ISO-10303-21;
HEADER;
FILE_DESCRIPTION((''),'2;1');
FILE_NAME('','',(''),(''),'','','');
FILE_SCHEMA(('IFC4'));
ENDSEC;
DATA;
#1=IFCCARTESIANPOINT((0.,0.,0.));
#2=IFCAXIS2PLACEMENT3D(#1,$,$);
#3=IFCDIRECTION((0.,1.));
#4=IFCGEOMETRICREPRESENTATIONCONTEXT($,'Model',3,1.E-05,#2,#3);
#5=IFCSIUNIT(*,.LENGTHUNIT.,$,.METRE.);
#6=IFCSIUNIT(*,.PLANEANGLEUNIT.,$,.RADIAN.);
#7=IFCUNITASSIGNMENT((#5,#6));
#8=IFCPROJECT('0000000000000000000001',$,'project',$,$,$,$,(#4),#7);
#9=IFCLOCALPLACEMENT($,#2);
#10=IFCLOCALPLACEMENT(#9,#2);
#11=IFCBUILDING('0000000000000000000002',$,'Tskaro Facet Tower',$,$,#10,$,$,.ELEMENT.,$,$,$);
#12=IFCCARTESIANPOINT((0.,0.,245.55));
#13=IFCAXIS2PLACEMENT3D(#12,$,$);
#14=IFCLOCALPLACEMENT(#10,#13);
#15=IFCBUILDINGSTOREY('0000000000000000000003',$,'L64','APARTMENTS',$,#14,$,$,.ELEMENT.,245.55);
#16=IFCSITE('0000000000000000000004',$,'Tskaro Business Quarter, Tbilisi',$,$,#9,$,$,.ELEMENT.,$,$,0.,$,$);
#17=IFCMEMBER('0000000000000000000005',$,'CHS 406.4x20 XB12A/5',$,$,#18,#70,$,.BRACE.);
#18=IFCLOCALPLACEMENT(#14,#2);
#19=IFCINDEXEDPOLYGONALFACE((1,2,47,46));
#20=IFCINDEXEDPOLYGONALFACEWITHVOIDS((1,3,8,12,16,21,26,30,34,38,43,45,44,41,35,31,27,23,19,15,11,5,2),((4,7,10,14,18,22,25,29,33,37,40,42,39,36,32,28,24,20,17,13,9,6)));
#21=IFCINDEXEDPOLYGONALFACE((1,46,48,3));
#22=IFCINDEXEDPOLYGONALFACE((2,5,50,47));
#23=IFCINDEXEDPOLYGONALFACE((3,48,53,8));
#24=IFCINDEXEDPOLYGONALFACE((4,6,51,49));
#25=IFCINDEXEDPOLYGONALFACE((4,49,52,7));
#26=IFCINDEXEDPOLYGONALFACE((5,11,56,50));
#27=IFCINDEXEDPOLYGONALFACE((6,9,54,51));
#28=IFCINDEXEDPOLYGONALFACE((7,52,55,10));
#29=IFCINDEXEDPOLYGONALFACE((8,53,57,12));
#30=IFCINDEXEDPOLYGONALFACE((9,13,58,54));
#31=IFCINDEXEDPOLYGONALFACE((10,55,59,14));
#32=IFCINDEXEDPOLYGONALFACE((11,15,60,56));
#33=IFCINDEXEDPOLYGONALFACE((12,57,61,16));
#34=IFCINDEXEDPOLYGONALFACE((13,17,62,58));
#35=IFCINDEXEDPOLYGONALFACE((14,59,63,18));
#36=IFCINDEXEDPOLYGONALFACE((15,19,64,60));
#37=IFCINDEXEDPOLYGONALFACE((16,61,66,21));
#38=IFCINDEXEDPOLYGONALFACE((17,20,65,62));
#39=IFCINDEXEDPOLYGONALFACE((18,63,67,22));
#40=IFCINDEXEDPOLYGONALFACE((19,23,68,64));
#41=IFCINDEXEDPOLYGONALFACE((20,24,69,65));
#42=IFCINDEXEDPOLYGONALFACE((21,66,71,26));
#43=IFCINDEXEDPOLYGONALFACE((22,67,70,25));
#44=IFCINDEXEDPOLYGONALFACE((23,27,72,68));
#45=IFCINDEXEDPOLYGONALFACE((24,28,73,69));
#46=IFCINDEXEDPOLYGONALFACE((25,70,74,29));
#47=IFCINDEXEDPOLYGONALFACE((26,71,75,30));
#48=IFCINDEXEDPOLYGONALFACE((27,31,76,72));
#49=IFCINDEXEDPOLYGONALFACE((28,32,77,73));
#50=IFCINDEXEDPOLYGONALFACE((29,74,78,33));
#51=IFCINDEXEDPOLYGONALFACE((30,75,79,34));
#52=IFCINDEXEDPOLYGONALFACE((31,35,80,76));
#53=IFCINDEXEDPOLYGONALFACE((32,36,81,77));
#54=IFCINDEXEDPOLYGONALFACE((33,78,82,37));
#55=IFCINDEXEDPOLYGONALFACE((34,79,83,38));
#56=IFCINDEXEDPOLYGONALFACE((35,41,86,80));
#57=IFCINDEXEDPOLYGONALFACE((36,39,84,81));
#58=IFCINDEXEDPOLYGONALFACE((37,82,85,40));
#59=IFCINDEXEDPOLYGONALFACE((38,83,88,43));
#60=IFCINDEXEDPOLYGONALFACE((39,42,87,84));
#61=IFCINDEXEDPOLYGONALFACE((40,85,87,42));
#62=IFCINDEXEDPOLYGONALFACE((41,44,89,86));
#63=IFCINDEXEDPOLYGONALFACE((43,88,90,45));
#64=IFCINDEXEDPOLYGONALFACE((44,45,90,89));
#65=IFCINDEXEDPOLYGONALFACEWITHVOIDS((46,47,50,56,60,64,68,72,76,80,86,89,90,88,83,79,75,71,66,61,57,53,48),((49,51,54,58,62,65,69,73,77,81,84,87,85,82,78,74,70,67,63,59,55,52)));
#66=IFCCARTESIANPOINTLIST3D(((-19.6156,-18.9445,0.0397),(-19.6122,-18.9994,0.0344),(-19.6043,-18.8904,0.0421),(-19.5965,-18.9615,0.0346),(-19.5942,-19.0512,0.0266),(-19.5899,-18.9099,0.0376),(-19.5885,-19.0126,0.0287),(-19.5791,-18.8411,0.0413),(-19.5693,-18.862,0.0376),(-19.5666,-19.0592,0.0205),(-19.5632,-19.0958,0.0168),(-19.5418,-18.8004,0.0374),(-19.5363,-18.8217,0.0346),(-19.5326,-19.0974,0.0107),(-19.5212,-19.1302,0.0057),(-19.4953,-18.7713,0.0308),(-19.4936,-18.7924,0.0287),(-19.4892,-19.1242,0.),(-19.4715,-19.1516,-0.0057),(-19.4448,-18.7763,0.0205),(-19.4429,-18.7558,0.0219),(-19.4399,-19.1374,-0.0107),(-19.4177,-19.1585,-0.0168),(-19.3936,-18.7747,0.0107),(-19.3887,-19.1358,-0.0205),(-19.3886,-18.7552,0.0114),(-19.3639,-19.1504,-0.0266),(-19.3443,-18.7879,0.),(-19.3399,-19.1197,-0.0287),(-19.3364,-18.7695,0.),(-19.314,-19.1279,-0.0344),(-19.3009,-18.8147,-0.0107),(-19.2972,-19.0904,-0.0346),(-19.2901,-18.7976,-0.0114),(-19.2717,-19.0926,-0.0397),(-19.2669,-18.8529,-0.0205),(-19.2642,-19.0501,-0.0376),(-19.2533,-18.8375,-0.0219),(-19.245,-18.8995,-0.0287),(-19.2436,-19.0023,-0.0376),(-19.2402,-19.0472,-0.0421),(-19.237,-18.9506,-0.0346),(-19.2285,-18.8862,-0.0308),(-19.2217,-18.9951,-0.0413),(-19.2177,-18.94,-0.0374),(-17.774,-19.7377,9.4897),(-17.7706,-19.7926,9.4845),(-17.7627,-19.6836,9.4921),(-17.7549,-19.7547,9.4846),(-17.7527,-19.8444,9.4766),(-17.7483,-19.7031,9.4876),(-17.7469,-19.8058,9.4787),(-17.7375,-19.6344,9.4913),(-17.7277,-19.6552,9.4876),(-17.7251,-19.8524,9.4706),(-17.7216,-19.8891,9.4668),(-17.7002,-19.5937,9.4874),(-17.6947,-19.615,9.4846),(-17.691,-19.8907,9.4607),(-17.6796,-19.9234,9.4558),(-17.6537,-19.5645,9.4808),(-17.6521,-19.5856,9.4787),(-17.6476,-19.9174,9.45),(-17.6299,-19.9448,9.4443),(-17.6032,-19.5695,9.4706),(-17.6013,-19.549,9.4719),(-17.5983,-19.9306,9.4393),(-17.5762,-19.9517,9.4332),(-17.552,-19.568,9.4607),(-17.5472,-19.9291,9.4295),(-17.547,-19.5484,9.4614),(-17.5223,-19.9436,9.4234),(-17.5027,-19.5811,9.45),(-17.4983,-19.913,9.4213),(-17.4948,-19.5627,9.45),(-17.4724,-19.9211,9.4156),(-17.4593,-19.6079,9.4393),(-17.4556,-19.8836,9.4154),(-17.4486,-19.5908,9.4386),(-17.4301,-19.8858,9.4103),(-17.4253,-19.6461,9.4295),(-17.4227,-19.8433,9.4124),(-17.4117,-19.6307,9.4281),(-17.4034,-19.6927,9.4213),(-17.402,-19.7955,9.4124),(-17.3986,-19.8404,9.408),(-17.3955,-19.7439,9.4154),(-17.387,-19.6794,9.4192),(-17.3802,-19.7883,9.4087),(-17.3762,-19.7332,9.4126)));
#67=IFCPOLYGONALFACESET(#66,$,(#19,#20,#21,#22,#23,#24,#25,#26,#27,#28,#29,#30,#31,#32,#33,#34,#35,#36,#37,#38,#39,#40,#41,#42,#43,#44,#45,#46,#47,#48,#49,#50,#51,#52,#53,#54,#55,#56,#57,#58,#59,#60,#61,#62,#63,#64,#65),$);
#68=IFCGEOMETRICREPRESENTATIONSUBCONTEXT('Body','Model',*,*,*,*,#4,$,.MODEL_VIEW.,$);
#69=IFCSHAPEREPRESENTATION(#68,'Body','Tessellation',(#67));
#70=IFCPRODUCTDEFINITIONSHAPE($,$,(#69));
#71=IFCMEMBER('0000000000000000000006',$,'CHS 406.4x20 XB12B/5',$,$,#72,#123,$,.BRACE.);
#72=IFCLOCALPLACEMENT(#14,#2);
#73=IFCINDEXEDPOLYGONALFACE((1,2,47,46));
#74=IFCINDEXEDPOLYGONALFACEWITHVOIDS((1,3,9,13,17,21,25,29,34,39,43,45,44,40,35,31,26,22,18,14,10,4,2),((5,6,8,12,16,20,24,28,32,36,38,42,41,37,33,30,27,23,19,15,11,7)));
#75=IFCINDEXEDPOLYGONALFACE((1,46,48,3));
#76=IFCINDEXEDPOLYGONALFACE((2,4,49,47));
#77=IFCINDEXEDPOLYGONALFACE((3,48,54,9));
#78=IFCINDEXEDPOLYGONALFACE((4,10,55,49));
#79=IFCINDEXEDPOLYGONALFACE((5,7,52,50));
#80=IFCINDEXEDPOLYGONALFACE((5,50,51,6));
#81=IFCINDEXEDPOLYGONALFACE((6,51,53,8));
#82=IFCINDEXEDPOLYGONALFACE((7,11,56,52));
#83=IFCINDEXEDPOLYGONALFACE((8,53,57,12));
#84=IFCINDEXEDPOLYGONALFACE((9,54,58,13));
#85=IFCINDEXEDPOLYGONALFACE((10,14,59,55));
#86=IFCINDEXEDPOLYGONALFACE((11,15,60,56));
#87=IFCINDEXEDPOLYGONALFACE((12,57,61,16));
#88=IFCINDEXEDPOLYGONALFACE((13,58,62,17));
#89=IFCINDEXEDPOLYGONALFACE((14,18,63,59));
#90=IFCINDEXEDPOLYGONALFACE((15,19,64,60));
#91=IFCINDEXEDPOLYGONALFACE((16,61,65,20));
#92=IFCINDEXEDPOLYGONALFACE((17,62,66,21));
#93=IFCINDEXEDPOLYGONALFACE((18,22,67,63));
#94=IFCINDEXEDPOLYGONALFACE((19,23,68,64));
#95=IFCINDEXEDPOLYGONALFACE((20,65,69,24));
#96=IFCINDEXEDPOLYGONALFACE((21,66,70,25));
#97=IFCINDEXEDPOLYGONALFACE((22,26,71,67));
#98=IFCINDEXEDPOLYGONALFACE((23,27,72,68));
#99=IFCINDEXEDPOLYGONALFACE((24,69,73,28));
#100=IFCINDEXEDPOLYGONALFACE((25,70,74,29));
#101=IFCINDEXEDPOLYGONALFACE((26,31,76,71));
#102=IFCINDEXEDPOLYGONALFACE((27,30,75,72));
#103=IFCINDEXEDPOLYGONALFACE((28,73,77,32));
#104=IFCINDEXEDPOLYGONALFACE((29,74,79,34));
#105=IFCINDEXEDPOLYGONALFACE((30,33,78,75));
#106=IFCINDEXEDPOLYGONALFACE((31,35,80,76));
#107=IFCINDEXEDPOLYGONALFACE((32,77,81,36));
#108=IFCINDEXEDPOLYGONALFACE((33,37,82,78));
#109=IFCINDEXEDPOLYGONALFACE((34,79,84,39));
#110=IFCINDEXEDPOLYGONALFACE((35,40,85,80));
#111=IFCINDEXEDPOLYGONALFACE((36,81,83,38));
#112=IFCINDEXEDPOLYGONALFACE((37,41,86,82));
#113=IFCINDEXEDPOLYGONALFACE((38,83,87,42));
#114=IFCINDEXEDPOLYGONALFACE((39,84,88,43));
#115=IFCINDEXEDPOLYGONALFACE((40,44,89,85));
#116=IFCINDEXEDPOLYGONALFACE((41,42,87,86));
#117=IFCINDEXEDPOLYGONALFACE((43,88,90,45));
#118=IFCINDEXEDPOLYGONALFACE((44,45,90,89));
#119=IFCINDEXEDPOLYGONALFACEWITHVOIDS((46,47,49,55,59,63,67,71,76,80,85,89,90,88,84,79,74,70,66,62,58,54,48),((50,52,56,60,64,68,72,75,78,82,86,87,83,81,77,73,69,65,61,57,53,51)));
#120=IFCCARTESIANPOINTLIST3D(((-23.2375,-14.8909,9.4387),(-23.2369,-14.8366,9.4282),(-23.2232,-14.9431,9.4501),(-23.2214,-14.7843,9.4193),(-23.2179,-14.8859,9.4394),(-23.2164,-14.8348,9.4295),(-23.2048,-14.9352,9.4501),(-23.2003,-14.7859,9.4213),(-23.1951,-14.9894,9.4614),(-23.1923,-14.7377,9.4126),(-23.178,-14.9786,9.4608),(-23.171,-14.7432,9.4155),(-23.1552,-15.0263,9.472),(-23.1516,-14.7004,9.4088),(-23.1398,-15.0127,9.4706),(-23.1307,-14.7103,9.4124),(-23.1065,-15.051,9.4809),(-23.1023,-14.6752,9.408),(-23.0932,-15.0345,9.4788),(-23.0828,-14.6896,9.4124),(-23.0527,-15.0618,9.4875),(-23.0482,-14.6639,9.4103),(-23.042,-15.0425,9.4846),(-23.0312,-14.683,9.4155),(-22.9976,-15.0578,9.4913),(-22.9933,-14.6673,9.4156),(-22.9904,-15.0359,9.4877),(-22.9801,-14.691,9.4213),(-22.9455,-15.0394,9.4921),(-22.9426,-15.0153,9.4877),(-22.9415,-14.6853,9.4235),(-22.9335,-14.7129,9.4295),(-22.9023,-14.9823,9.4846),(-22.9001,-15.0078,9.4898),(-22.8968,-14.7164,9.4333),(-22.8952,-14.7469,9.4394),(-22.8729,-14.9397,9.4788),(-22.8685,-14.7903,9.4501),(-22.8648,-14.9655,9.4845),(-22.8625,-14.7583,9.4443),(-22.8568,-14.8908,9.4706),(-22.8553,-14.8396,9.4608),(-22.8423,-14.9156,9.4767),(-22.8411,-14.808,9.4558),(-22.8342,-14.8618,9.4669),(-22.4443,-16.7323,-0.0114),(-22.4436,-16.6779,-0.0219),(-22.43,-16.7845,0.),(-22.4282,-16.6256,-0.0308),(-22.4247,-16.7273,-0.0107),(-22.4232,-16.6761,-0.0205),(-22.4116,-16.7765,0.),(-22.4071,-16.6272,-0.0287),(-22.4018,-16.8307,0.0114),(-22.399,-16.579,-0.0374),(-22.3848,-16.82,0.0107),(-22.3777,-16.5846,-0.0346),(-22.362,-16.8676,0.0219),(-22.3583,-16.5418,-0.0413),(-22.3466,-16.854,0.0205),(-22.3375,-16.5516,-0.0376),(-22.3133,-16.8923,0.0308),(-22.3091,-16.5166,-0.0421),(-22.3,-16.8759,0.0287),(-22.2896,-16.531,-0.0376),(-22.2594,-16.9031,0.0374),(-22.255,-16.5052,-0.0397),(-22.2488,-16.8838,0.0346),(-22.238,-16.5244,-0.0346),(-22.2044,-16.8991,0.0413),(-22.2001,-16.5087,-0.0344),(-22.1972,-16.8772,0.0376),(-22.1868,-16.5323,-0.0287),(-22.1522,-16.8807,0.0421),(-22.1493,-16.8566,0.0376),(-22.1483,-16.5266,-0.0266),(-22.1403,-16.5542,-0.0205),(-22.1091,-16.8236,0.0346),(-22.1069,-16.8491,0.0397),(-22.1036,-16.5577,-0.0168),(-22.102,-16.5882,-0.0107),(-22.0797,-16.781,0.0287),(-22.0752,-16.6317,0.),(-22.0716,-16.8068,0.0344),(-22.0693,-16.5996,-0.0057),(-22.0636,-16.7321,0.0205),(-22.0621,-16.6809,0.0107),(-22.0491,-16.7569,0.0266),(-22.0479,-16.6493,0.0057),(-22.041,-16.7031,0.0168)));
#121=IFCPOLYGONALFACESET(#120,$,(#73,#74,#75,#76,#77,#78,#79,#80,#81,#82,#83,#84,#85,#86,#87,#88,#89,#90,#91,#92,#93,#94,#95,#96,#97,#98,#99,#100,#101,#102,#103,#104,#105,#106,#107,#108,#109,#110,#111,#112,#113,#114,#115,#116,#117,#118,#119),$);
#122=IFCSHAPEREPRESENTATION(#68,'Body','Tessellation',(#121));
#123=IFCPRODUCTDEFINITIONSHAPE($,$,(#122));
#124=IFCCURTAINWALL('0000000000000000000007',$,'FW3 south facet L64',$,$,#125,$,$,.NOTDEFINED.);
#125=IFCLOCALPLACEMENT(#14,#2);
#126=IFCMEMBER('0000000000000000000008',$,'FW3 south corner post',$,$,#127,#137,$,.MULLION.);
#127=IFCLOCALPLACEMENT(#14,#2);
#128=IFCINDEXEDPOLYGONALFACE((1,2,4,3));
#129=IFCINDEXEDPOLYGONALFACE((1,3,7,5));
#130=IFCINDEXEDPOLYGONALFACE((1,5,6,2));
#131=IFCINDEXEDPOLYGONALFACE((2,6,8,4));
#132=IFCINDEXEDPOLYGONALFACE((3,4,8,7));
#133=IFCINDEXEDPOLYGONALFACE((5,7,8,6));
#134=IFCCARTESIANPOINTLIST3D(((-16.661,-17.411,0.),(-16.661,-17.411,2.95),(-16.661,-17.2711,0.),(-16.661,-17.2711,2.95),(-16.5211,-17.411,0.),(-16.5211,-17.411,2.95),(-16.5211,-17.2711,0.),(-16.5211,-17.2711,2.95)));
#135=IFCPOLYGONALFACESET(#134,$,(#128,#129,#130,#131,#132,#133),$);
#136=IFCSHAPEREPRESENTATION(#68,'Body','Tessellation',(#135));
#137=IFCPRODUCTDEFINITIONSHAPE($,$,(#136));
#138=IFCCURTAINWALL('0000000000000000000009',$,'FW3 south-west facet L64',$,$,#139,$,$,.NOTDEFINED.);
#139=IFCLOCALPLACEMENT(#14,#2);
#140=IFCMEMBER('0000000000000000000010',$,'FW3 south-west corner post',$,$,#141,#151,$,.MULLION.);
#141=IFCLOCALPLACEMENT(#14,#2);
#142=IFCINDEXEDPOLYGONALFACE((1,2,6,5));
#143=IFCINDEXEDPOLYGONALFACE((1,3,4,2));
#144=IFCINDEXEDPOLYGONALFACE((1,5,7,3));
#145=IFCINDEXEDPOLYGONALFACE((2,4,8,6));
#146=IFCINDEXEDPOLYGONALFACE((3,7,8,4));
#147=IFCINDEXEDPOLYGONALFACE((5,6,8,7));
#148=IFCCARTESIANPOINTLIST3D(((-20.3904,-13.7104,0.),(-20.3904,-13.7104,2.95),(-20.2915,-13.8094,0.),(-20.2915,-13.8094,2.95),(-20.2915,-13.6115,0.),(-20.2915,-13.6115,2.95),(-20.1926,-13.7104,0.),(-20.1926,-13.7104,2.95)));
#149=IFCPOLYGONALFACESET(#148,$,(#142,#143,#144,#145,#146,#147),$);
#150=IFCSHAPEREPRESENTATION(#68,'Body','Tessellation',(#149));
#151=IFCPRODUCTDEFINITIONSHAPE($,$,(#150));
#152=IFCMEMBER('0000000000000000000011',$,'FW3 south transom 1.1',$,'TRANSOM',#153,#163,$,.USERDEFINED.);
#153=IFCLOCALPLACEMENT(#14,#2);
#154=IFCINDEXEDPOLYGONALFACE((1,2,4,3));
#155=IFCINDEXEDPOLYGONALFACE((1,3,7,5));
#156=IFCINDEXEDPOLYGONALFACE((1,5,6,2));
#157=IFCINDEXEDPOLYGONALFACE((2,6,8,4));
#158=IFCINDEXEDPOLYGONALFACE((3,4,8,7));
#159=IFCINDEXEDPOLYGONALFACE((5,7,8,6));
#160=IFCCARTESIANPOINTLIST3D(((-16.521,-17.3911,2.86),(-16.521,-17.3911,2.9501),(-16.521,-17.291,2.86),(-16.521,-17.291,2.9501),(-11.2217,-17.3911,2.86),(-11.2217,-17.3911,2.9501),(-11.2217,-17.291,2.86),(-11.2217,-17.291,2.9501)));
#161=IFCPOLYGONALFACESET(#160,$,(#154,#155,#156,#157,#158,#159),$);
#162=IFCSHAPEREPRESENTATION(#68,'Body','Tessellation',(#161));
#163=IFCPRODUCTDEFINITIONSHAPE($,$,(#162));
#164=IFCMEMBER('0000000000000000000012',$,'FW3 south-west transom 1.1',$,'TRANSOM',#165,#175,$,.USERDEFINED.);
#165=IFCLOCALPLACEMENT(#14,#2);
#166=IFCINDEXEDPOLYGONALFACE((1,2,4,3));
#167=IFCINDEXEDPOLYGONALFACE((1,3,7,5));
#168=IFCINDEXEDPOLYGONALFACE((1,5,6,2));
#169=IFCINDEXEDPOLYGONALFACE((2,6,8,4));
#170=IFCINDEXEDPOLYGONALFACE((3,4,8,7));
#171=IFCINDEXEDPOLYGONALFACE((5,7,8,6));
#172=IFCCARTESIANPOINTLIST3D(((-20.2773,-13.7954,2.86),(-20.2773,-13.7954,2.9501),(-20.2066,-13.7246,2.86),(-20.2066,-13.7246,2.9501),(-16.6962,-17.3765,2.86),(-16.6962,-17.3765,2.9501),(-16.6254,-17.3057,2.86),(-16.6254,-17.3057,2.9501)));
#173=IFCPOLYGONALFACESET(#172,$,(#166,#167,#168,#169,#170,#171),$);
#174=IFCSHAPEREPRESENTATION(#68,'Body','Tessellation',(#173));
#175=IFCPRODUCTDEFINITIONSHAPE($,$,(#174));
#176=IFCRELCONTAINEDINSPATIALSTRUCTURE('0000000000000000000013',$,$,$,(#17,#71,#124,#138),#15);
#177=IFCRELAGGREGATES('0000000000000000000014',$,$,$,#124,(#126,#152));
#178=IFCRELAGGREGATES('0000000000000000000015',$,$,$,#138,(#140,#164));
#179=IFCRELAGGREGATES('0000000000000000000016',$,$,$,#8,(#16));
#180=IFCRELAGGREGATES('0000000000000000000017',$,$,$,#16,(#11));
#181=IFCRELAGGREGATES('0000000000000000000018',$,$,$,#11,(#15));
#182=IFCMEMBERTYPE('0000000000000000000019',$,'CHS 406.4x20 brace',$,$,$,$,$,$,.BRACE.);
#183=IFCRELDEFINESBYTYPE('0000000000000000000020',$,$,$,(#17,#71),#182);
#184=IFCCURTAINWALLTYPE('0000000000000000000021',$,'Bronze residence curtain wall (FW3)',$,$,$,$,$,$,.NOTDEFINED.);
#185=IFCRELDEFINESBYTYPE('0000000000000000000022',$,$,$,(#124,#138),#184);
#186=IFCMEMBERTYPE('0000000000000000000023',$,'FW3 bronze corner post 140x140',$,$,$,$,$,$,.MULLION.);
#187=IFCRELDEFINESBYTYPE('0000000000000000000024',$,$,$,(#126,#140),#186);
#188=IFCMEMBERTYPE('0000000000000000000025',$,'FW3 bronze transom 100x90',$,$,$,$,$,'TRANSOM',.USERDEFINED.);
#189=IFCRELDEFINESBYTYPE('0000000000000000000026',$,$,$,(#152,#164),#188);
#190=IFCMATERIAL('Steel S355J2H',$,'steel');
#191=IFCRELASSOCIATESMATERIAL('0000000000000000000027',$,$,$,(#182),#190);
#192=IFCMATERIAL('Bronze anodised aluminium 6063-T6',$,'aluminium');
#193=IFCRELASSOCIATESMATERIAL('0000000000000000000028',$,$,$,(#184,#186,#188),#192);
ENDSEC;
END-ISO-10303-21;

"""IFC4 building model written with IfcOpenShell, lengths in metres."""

from ifc_helpers import new_model, si_unit, direction, frame, origin, origin_2d, place, context, subcontext, project, spatial, rectangle, hollow_circle, extrude, material, material_profile, profile_set, type_object, element, aggregate, save


model = new_model("IFC4")

# Units and contexts
model_context = context("Model", 3, precision=1e-05, world=origin(), true_north=direction((0.0, 1.0)))
body_context = subcontext(model_context, "Body", "Model", "MODEL_VIEW")
ifc_project = project(units=[si_unit("LENGTHUNIT", "METRE"), si_unit("PLANEANGLEUNIT", "RADIAN")], contexts=[model_context])

# Site, building, storey
site_placement = place(None, origin())
site = spatial("IfcSite", under=ifc_project, at=site_placement, Name="Tskaro Business Quarter, Tbilisi", CompositionType="ELEMENT", RefElevation=0.0)
building_placement = place(site_placement, origin())
building = spatial("IfcBuilding", under=site, at=building_placement, Name="Tskaro Facet Tower", CompositionType="ELEMENT")
storey_placement = place(building_placement, frame((0.0, 0.0, 245.55)))
storey = spatial("IfcBuildingStorey", under=building, at=storey_placement, Name="L64", Description="APARTMENTS", CompositionType="ELEMENT", Elevation=245.55)

# Shared definitions
ifc_material_1 = material(Name="Steel S355J2H", Category="steel")

# Members
ifc_material_profile_1 = material_profile(ifc_material_1, hollow_circle(Radius=0.2031, WallThickness=0.02, at=origin_2d()), Name="CHS 406.4x20")
ifc_profile_set_1 = profile_set([ifc_material_profile_1], Name="Steel S355J2H")
member_type_1 = type_object("IfcMemberType", Name="CHS 406.4x20 brace", PredefinedType="BRACE", material=ifc_profile_set_1)
for number, where, z_axis, x_axis, name in (
    (1, (-19.4167, -18.9561, 0.0), (0.19063, -0.08211, 0.978222), (0.395594, 0.918426, 0.0), "CHS 406.4x20 XB12A/5"),
    (2, (-22.2434, -16.7041, 0.0), (-0.082111, 0.190606, 0.978227), (-0.918406, -0.395638, 0.0), "CHS 406.4x20 XB12B/5"),
):
    element("IfcMember", number, at=place(storey_placement, frame(where, z_axis=z_axis, x_axis=x_axis)), inside=storey, type_object=member_type_1, Name=name, PredefinedType="BRACE", context=body_context, shape_type="SweptSolid", body=[
        extrude(hollow_circle(Radius=0.2031, WallThickness=0.02, at=origin_2d()), origin(), (0.0, 0.0, 1.0), 9.6604),
    ])

# Curtain walls, members
ifc_material_2 = material(Name="Bronze anodised aluminium 6063-T6", Category="aluminium")
curtain_wall_type = type_object("IfcCurtainWallType", Name="Bronze residence curtain wall (FW3)", PredefinedType="NOTDEFINED", material=ifc_material_2)
curtain_wall_1_placement = place(storey_placement, origin())
curtain_wall_1 = element("IfcCurtainWall", 3, at=curtain_wall_1_placement, inside=storey, type_object=curtain_wall_type, Name="FW3 south facet L64", PredefinedType="NOTDEFINED")
ifc_material_profile_2 = material_profile(ifc_material_2, rectangle(XDim=0.1399, YDim=0.1399, at=origin_2d()), Name="Corner post 140x140")
ifc_profile_set_2 = profile_set([ifc_material_profile_2], Name="Bronze anodised aluminium 6063-T6")
member_type_2 = type_object("IfcMemberType", Name="FW3 bronze corner post 140x140", PredefinedType="MULLION", material=ifc_profile_set_2)
member_1_placement = place(storey_placement, frame((-16.5911, -17.3411, 0.0), z_axis=(0.0, 0.0, 1.0), x_axis=(1.0, 0.0, 0.0)))
member_1 = element("IfcMember", 4, at=member_1_placement, type_object=member_type_2, Name="FW3 south corner post", PredefinedType="MULLION", context=body_context, shape_type="SweptSolid", body=[
    extrude(rectangle(XDim=0.1399, YDim=0.1399, at=origin_2d()), origin(), (0.0, 0.0, 1.0), 2.95),
])
curtain_wall_2_placement = place(storey_placement, origin())
curtain_wall_2 = element("IfcCurtainWall", 5, at=curtain_wall_2_placement, inside=storey, type_object=curtain_wall_type, Name="FW3 south-west facet L64", PredefinedType="NOTDEFINED")
member_2_placement = place(storey_placement, frame((-20.2915, -13.7104, 0.0), z_axis=(0.0, 0.0, 1.0), x_axis=(0.707107, -0.707107, 0.0)))
member_2 = element("IfcMember", 6, at=member_2_placement, type_object=member_type_2, Name="FW3 south-west corner post", PredefinedType="MULLION", context=body_context, shape_type="SweptSolid", body=[
    extrude(rectangle(XDim=0.1399, YDim=0.1399, at=origin_2d()), origin(), (0.0, 0.0, 1.0), 2.95),
])

# Members
ifc_material_profile_3 = material_profile(ifc_material_2, rectangle(XDim=0.1001, YDim=0.0901, at=origin_2d()), Name="Transom 100x90")
ifc_profile_set_3 = profile_set([ifc_material_profile_3], Name="Bronze anodised aluminium 6063-T6")
member_type_3 = type_object("IfcMemberType", Name="FW3 bronze transom 100x90", ElementType="TRANSOM", PredefinedType="USERDEFINED", material=ifc_profile_set_3)
member_3_placement = place(storey_placement, frame((-16.521, -17.3411, 2.905), z_axis=(1.0, 0.0, 0.0), x_axis=(0.0, 1.0, 0.0)))
member_3 = element("IfcMember", 7, at=member_3_placement, type_object=member_type_3, Name="FW3 south transom 1.1", ObjectType="TRANSOM", PredefinedType="USERDEFINED", context=body_context, shape_type="SweptSolid", body=[
    extrude(rectangle(XDim=0.1001, YDim=0.0901, at=origin_2d()), origin(), (0.0, 0.0, 1.0), 5.2993),
])
aggregate(curtain_wall_1, [member_1, member_3])
member_4_placement = place(storey_placement, frame((-20.2419, -13.76, 2.905), z_axis=(0.707107, -0.707107, 0.0), x_axis=(0.707107, 0.707107, 0.0)))
member_4 = element("IfcMember", 8, at=member_4_placement, type_object=member_type_3, Name="FW3 south-west transom 1.1", ObjectType="TRANSOM", PredefinedType="USERDEFINED", context=body_context, shape_type="SweptSolid", body=[
    extrude(rectangle(XDim=0.1001, YDim=0.0901, at=origin_2d()), origin(), (0.0, 0.0, 1.0), 5.0645),
])

aggregate(curtain_wall_2, [member_2, member_4])

save(model, "model.ifc")
